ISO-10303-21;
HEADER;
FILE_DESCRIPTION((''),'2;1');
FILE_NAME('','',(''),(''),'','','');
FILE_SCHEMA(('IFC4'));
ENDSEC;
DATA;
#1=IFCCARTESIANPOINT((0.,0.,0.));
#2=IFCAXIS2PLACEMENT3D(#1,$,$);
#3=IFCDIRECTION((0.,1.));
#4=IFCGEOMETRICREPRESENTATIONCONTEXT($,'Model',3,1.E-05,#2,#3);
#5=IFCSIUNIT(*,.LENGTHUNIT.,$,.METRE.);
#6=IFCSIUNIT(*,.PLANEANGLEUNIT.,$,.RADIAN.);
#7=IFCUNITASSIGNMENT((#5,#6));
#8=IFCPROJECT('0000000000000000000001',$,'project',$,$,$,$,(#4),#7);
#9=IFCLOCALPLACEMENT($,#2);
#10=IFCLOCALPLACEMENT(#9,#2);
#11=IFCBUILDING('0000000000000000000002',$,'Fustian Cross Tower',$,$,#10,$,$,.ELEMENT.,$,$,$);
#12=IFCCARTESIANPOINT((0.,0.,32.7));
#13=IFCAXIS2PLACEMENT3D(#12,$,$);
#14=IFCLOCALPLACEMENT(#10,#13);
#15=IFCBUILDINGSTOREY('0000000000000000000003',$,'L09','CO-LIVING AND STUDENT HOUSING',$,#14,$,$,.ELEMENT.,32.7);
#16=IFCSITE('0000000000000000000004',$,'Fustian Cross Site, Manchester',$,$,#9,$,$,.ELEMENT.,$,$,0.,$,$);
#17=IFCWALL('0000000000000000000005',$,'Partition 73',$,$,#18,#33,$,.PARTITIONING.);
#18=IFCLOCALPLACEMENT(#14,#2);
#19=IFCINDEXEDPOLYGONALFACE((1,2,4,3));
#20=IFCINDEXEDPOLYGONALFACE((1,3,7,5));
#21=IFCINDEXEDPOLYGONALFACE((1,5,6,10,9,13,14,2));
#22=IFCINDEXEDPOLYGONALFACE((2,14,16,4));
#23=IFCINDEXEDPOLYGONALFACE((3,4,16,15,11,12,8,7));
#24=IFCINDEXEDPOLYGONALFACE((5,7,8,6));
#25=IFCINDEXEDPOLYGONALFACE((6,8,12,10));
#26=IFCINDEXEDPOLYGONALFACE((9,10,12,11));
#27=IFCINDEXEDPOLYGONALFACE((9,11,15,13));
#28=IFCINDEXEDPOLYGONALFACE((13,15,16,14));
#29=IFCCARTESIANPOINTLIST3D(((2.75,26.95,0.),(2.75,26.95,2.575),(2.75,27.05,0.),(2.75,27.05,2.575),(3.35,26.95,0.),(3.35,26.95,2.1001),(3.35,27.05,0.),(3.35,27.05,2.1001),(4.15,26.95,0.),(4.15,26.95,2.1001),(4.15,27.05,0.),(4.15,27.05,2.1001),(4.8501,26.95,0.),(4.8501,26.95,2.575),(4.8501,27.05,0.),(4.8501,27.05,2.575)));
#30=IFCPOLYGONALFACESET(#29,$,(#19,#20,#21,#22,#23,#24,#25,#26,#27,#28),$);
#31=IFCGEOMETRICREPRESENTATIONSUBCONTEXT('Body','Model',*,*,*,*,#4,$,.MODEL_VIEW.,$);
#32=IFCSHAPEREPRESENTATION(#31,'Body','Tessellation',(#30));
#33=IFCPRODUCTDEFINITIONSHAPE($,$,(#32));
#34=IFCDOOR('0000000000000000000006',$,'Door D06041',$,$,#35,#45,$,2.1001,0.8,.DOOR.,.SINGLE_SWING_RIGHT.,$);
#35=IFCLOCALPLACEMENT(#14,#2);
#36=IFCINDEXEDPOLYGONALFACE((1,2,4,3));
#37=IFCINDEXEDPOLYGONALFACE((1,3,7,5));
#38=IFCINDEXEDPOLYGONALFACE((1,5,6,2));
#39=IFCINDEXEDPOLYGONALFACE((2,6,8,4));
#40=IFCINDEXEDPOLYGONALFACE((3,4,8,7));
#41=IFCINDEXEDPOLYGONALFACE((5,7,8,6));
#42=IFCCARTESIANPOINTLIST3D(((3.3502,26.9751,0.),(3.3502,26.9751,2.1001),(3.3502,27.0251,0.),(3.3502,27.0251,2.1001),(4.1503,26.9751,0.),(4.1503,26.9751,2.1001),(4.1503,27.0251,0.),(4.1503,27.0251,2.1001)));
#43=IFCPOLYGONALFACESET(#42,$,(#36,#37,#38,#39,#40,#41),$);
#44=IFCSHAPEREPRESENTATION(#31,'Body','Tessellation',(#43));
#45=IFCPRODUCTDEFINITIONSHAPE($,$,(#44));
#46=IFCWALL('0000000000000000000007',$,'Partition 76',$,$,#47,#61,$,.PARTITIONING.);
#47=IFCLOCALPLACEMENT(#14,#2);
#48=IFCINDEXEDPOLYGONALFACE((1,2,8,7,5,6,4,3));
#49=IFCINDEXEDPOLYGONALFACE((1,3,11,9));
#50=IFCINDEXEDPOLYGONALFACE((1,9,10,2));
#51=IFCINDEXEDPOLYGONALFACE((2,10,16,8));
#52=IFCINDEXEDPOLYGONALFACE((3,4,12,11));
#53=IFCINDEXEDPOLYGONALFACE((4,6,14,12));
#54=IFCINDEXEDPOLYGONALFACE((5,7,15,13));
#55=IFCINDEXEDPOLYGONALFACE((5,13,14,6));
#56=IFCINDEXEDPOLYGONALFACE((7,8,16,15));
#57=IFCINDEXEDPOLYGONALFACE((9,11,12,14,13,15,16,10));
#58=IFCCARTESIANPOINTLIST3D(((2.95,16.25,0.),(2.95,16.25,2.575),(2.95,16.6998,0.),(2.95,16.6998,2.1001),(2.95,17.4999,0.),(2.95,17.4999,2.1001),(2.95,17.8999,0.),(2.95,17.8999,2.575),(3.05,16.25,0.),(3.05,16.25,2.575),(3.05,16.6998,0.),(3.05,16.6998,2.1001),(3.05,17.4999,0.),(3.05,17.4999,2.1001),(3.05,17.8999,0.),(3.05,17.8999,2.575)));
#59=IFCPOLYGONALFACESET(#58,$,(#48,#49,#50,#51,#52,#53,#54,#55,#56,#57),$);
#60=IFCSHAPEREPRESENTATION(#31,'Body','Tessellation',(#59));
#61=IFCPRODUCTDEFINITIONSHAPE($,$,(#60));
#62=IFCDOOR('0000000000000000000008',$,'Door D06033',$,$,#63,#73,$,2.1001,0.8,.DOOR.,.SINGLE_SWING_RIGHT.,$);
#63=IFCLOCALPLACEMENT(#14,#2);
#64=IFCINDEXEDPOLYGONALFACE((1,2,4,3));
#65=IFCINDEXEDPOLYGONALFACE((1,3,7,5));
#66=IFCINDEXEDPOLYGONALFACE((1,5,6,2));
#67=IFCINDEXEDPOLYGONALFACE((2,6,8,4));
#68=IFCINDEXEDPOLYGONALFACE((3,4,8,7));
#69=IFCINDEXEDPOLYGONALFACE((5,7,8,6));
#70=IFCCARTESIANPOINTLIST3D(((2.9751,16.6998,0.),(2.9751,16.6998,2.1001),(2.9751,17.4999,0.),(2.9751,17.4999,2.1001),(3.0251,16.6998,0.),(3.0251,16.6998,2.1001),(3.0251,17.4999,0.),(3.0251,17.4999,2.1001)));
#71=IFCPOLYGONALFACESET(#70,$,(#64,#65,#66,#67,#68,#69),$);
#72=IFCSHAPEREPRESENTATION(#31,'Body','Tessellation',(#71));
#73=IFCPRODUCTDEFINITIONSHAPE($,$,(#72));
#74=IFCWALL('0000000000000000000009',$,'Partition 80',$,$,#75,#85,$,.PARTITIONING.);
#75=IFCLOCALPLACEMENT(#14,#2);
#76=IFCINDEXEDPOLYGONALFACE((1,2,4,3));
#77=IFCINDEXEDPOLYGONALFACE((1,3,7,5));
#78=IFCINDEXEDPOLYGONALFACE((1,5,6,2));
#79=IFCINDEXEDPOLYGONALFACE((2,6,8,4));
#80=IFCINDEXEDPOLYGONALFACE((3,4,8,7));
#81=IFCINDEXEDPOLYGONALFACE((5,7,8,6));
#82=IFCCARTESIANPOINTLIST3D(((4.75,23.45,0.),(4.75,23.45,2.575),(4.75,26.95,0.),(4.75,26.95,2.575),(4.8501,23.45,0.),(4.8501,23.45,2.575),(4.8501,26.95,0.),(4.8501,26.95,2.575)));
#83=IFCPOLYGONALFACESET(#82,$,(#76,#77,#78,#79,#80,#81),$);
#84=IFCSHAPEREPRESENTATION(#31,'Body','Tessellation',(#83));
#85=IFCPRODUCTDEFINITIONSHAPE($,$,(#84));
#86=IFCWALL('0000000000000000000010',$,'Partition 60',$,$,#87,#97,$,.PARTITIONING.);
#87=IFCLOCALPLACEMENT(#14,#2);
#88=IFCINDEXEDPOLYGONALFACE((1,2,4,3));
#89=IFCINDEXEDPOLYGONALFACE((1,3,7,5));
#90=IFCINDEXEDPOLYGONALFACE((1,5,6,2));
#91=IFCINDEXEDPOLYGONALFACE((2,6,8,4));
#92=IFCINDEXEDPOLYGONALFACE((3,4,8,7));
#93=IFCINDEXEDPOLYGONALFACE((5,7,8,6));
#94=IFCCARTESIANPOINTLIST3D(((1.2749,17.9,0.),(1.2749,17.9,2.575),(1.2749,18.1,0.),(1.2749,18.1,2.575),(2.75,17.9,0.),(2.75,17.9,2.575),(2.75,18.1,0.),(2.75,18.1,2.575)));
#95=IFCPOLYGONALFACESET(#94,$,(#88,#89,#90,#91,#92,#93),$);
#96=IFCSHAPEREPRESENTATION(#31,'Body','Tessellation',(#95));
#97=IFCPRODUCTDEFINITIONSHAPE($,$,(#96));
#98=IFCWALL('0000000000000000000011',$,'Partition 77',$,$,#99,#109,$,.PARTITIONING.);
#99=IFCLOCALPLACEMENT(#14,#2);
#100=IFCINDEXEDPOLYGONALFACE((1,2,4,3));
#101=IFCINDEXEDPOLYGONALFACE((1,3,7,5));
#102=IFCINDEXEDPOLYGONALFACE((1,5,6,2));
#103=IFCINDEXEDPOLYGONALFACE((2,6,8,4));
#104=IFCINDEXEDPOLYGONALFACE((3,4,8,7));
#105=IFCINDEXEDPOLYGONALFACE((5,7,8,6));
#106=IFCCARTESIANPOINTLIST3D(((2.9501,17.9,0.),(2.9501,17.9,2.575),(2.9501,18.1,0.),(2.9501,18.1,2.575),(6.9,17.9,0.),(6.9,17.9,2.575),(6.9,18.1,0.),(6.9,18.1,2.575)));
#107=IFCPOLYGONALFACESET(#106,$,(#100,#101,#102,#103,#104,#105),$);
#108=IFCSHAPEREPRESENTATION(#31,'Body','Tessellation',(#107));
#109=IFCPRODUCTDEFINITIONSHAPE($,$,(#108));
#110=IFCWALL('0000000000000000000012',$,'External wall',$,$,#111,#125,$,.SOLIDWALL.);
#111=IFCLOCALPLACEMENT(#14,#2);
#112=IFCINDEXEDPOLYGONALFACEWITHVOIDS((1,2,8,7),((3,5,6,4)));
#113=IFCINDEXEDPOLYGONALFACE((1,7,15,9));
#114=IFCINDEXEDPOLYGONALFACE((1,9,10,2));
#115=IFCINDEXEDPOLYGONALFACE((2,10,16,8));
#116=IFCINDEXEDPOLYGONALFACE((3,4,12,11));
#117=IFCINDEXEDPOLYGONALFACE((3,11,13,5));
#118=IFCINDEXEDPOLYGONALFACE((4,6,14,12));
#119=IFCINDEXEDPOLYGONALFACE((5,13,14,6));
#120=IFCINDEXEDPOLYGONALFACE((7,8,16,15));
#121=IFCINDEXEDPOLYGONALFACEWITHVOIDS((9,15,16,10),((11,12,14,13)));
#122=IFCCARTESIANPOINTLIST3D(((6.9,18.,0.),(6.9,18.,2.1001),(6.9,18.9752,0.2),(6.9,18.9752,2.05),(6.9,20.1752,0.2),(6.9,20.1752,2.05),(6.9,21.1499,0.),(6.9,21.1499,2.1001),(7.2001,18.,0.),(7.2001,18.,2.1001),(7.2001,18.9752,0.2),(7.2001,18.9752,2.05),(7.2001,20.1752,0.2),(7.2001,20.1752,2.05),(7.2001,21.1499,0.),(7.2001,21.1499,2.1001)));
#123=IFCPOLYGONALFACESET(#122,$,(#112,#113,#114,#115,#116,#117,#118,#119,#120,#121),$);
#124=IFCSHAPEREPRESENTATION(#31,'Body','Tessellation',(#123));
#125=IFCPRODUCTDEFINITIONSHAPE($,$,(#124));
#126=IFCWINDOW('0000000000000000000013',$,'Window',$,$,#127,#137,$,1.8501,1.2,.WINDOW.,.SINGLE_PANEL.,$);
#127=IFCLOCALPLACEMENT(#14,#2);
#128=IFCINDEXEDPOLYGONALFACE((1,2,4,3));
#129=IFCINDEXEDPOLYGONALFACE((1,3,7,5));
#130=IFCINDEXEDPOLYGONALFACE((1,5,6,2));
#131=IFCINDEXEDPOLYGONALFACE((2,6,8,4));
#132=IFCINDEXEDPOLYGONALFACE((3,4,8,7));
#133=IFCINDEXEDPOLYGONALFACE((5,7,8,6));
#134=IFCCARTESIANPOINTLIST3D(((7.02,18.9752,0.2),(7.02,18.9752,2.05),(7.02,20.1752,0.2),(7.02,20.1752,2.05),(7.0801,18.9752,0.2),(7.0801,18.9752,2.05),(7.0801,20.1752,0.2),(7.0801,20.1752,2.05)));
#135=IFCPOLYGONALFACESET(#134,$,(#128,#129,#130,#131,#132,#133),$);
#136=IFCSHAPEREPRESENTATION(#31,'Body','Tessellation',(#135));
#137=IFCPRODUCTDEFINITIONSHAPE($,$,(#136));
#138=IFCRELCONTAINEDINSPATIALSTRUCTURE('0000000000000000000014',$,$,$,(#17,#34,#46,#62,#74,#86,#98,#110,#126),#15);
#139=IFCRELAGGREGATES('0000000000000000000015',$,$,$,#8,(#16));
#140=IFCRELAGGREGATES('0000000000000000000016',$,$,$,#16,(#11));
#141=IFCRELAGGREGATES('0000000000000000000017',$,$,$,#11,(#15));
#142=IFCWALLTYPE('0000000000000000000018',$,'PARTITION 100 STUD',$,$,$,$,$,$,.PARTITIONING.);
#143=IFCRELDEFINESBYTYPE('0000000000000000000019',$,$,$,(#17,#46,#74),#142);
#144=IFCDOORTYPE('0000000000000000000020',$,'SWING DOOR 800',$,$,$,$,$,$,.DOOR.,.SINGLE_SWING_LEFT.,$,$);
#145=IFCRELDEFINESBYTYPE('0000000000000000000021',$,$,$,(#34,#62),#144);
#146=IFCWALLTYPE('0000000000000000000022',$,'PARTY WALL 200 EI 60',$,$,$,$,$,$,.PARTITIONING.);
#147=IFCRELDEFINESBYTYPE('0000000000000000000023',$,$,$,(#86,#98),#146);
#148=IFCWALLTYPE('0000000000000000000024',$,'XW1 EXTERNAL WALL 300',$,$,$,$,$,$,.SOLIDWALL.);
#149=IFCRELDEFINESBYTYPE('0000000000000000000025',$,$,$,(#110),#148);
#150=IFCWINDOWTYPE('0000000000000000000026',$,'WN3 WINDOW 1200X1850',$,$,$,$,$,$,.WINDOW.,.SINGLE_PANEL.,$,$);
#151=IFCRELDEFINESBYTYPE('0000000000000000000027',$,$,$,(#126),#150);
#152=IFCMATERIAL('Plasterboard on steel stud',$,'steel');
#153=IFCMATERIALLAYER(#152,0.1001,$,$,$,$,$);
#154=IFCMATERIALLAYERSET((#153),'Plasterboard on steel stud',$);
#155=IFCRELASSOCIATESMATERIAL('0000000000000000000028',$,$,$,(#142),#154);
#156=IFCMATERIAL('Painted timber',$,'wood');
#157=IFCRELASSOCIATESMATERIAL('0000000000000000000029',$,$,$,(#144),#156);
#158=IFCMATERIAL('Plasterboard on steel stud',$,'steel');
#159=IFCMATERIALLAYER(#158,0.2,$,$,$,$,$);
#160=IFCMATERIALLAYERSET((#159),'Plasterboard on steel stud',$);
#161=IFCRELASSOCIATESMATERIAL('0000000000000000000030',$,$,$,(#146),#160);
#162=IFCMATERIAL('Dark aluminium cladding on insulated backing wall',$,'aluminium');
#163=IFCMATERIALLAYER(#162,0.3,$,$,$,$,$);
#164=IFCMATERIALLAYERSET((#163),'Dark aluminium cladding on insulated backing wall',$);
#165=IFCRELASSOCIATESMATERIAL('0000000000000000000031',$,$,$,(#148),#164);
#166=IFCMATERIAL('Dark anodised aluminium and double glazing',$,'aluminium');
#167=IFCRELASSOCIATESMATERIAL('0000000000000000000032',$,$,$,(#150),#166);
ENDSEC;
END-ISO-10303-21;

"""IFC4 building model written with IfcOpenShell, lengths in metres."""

from ifc_helpers import new_model, si_unit, direction, frame, frame_2d, origin, place, context, subcontext, project, spatial, rectangle, extrude, material, layer, layer_set, type_object, element, fill, save


model = new_model("IFC4")

# Units and contexts
model_context = context("Model", 3, precision=1e-05, world=origin(), true_north=direction((0.0, 1.0)))
body_context = subcontext(model_context, "Body", "Model", "MODEL_VIEW")
ifc_project = project(units=[si_unit("LENGTHUNIT", "METRE"), si_unit("PLANEANGLEUNIT", "RADIAN")], contexts=[model_context])

# Site, building, storey
site_placement = place(None, origin())
site = spatial("IfcSite", under=ifc_project, at=site_placement, Name="Fustian Cross Site, Manchester", CompositionType="ELEMENT", RefElevation=0.0)
building_placement = place(site_placement, origin())
building = spatial("IfcBuilding", under=site, at=building_placement, Name="Fustian Cross Tower", CompositionType="ELEMENT")
storey_placement = place(building_placement, frame((0.0, 0.0, 32.7)))
storey = spatial("IfcBuildingStorey", under=building, at=storey_placement, Name="L09", Description="CO-LIVING AND STUDENT HOUSING", CompositionType="ELEMENT", Elevation=32.7)

# Shared definitions
ifc_material_1 = material(Name="Plasterboard on steel stud", Category="steel")
ifc_layer_1 = layer(ifc_material_1, 0.1001)
ifc_layer_set_1 = layer_set([ifc_layer_1], Name="Plasterboard on steel stud")
wall_type_1 = type_object("IfcWallType", Name="PARTITION 100 STUD", PredefinedType="PARTITIONING", material=ifc_layer_set_1)

# Shared definitions
ifc_material_2 = material(Name="Painted timber", Category="wood")
door_type_1 = type_object("IfcDoorType", Name="SWING DOOR 800", OperationType="SINGLE_SWING_LEFT", PredefinedType="DOOR", material=ifc_material_2)

# Walls, openings, doors
wall_1_placement = place(storey_placement, frame((2.75, 27.0, 0.0), z_axis=(0.0, 0.0, 1.0), x_axis=(1.0, 0.0, 0.0)))
wall_1 = element("IfcWall", 1, at=wall_1_placement, inside=storey, type_object=wall_type_1, Name="Partition 73", PredefinedType="PARTITIONING", context=body_context, shape_type="SweptSolid", body=[
    extrude(rectangle(XDim=2.1001, YDim=0.1001, at=frame_2d((1.05, 0.0))), origin(), (0.0, 0.0, 1.0), 2.575),
])
opening_1_placement = place(wall_1_placement, frame((0.6001, 0.0, 0.0)))
opening_1 = element("IfcOpeningElement", 2, at=opening_1_placement, cuts=wall_1, PredefinedType="OPENING", context=body_context, shape_type="SweptSolid", body=[
    extrude(rectangle(XDim=0.8, YDim=2.1001, at=frame_2d((0.3999, 1.05))), frame((0.0, 0.0601, 0.0), z_axis=(0.0, -1.0, 0.0), x_axis=(1.0, 0.0, 0.0)), (0.0, 0.0, 1.0), 0.1201),
])
door_1_placement = place(opening_1_placement, frame((0.8, 0.0, 0.0), z_axis=(0.0, 0.0, 1.0), x_axis=(-1.0, 0.0, 0.0)))
door_1 = element("IfcDoor", 3, at=door_1_placement, inside=storey, type_object=door_type_1, Name="Door D06041", OperationType="SINGLE_SWING_RIGHT", OverallHeight=2.1001, OverallWidth=0.8, PredefinedType="DOOR", context=body_context, shape_type="SweptSolid", body=[
    extrude(rectangle(XDim=0.8, YDim=2.1001, at=frame_2d((0.3999, 1.05))), frame((0.0, 0.0249, 0.0), z_axis=(0.0, -1.0, 0.0), x_axis=(1.0, 0.0, 0.0)), (0.0, 0.0, 1.0), 0.05),
])
fill(opening_1, door_1)
wall_2_placement = place(storey_placement, frame((3.0, 16.25, 0.0), z_axis=(0.0, 0.0, 1.0), x_axis=(0.0, 1.0, 0.0)))
wall_2 = element("IfcWall", 4, at=wall_2_placement, inside=storey, type_object=wall_type_1, Name="Partition 76", PredefinedType="PARTITIONING", context=body_context, shape_type="SweptSolid", body=[
    extrude(rectangle(XDim=1.6499, YDim=0.1001, at=frame_2d((0.825, 0.0))), origin(), (0.0, 0.0, 1.0), 2.575),
])
opening_2_placement = place(wall_2_placement, frame((0.45, 0.0, 0.0)))
opening_2 = element("IfcOpeningElement", 5, at=opening_2_placement, cuts=wall_2, PredefinedType="OPENING", context=body_context, shape_type="SweptSolid", body=[
    extrude(rectangle(XDim=0.8, YDim=2.1001, at=frame_2d((0.3999, 1.05))), frame((0.0, 0.0601, 0.0), z_axis=(0.0, -1.0, 0.0), x_axis=(1.0, 0.0, 0.0)), (0.0, 0.0, 1.0), 0.1201),
])
door_2_placement = place(opening_2_placement, origin())
door_2 = element("IfcDoor", 6, at=door_2_placement, inside=storey, type_object=door_type_1, Name="Door D06033", OperationType="SINGLE_SWING_RIGHT", OverallHeight=2.1001, OverallWidth=0.8, PredefinedType="DOOR", context=body_context, shape_type="SweptSolid", body=[
    extrude(rectangle(XDim=0.8, YDim=2.1001, at=frame_2d((0.3999, 1.05))), frame((0.0, 0.0249, 0.0), z_axis=(0.0, -1.0, 0.0), x_axis=(1.0, 0.0, 0.0)), (0.0, 0.0, 1.0), 0.05),
])
fill(opening_2, door_2)

# Walls
wall_3_placement = place(storey_placement, frame((4.8, 23.45, 0.0), z_axis=(0.0, 0.0, 1.0), x_axis=(0.0, 1.0, 0.0)))
element("IfcWall", 7, at=wall_3_placement, inside=storey, type_object=wall_type_1, Name="Partition 80", PredefinedType="PARTITIONING", context=body_context, shape_type="SweptSolid", body=[
    extrude(rectangle(XDim=3.5, YDim=0.1001, at=frame_2d((1.75, 0.0))), origin(), (0.0, 0.0, 1.0), 2.575),
])
ifc_material_3 = material(Name="Plasterboard on steel stud", Category="steel")
ifc_layer_2 = layer(ifc_material_3, 0.2)
ifc_layer_set_2 = layer_set([ifc_layer_2], Name="Plasterboard on steel stud")
wall_type_2 = type_object("IfcWallType", Name="PARTY WALL 200 EI 60", PredefinedType="PARTITIONING", material=ifc_layer_set_2)
wall_4_placement = place(storey_placement, frame((1.2749, 18.0, 0.0), z_axis=(0.0, 0.0, 1.0), x_axis=(1.0, 0.0, 0.0)))
element("IfcWall", 8, at=wall_4_placement, inside=storey, type_object=wall_type_2, Name="Partition 60", PredefinedType="PARTITIONING", context=body_context, shape_type="SweptSolid", body=[
    extrude(rectangle(XDim=1.4751, YDim=0.2, at=frame_2d((0.7375, 0.0))), origin(), (0.0, 0.0, 1.0), 2.575),
])
wall_5_placement = place(storey_placement, frame((2.95, 18.0, 0.0), z_axis=(0.0, 0.0, 1.0), x_axis=(1.0, 0.0, 0.0)))
element("IfcWall", 9, at=wall_5_placement, inside=storey, type_object=wall_type_2, Name="Partition 77", PredefinedType="PARTITIONING", context=body_context, shape_type="SweptSolid", body=[
    extrude(rectangle(XDim=3.95, YDim=0.2, at=frame_2d((1.9751, 0.0))), origin(), (0.0, 0.0, 1.0), 2.575),
])

# Wall, opening, window
ifc_material_4 = material(Name="Dark aluminium cladding on insulated backing wall", Category="aluminium")
ifc_layer_3 = layer(ifc_material_4, 0.3)
ifc_layer_set_3 = layer_set([ifc_layer_3], Name="Dark aluminium cladding on insulated backing wall")
wall_type_3 = type_object("IfcWallType", Name="XW1 EXTERNAL WALL 300", PredefinedType="SOLIDWALL", material=ifc_layer_set_3)
wall_6_placement = place(storey_placement, frame((7.05, 18.0, 0.0), z_axis=(0.0, 0.0, 1.0), x_axis=(0.0, 1.0, 0.0)))
wall_6 = element("IfcWall", 10, at=wall_6_placement, inside=storey, type_object=wall_type_3, Name="External wall", PredefinedType="SOLIDWALL", context=body_context, shape_type="SweptSolid", body=[
    extrude(rectangle(XDim=3.1499, YDim=0.3, at=frame_2d((1.575, 0.0))), origin(), (0.0, 0.0, 1.0), 2.1001),
])
opening_3_placement = place(wall_6_placement, frame((0.9751, 0.0, 0.2)))
opening_3 = element("IfcOpeningElement", 11, at=opening_3_placement, cuts=wall_6, PredefinedType="OPENING", context=body_context, shape_type="SweptSolid", body=[
    extrude(rectangle(XDim=1.2, YDim=1.8501, at=frame_2d((0.6001, 0.925))), frame((0.0, 0.1599, 0.0), z_axis=(0.0, -1.0, 0.0), x_axis=(1.0, 0.0, 0.0)), (0.0, 0.0, 1.0), 0.3201),
])
ifc_material_5 = material(Name="Dark anodised aluminium and double glazing", Category="aluminium")
window_type = type_object("IfcWindowType", Name="WN3 WINDOW 1200X1850", PartitioningType="SINGLE_PANEL", PredefinedType="WINDOW", material=ifc_material_5)
window_1_placement = place(opening_3_placement, origin())
window_1 = element("IfcWindow", 12, at=window_1_placement, inside=storey, type_object=window_type, Name="Window", OverallHeight=1.8501, OverallWidth=1.2, PartitioningType="SINGLE_PANEL", PredefinedType="WINDOW", context=body_context, shape_type="SweptSolid", body=[
    extrude(rectangle(XDim=1.2, YDim=1.8501, at=frame_2d((0.6001, 0.925))), frame((0.0, 0.03, 0.0), z_axis=(0.0, -1.0, 0.0), x_axis=(1.0, 0.0, 0.0)), (0.0, 0.0, 1.0), 0.0601),
])
fill(opening_3, window_1)

save(model, "model.ifc")
